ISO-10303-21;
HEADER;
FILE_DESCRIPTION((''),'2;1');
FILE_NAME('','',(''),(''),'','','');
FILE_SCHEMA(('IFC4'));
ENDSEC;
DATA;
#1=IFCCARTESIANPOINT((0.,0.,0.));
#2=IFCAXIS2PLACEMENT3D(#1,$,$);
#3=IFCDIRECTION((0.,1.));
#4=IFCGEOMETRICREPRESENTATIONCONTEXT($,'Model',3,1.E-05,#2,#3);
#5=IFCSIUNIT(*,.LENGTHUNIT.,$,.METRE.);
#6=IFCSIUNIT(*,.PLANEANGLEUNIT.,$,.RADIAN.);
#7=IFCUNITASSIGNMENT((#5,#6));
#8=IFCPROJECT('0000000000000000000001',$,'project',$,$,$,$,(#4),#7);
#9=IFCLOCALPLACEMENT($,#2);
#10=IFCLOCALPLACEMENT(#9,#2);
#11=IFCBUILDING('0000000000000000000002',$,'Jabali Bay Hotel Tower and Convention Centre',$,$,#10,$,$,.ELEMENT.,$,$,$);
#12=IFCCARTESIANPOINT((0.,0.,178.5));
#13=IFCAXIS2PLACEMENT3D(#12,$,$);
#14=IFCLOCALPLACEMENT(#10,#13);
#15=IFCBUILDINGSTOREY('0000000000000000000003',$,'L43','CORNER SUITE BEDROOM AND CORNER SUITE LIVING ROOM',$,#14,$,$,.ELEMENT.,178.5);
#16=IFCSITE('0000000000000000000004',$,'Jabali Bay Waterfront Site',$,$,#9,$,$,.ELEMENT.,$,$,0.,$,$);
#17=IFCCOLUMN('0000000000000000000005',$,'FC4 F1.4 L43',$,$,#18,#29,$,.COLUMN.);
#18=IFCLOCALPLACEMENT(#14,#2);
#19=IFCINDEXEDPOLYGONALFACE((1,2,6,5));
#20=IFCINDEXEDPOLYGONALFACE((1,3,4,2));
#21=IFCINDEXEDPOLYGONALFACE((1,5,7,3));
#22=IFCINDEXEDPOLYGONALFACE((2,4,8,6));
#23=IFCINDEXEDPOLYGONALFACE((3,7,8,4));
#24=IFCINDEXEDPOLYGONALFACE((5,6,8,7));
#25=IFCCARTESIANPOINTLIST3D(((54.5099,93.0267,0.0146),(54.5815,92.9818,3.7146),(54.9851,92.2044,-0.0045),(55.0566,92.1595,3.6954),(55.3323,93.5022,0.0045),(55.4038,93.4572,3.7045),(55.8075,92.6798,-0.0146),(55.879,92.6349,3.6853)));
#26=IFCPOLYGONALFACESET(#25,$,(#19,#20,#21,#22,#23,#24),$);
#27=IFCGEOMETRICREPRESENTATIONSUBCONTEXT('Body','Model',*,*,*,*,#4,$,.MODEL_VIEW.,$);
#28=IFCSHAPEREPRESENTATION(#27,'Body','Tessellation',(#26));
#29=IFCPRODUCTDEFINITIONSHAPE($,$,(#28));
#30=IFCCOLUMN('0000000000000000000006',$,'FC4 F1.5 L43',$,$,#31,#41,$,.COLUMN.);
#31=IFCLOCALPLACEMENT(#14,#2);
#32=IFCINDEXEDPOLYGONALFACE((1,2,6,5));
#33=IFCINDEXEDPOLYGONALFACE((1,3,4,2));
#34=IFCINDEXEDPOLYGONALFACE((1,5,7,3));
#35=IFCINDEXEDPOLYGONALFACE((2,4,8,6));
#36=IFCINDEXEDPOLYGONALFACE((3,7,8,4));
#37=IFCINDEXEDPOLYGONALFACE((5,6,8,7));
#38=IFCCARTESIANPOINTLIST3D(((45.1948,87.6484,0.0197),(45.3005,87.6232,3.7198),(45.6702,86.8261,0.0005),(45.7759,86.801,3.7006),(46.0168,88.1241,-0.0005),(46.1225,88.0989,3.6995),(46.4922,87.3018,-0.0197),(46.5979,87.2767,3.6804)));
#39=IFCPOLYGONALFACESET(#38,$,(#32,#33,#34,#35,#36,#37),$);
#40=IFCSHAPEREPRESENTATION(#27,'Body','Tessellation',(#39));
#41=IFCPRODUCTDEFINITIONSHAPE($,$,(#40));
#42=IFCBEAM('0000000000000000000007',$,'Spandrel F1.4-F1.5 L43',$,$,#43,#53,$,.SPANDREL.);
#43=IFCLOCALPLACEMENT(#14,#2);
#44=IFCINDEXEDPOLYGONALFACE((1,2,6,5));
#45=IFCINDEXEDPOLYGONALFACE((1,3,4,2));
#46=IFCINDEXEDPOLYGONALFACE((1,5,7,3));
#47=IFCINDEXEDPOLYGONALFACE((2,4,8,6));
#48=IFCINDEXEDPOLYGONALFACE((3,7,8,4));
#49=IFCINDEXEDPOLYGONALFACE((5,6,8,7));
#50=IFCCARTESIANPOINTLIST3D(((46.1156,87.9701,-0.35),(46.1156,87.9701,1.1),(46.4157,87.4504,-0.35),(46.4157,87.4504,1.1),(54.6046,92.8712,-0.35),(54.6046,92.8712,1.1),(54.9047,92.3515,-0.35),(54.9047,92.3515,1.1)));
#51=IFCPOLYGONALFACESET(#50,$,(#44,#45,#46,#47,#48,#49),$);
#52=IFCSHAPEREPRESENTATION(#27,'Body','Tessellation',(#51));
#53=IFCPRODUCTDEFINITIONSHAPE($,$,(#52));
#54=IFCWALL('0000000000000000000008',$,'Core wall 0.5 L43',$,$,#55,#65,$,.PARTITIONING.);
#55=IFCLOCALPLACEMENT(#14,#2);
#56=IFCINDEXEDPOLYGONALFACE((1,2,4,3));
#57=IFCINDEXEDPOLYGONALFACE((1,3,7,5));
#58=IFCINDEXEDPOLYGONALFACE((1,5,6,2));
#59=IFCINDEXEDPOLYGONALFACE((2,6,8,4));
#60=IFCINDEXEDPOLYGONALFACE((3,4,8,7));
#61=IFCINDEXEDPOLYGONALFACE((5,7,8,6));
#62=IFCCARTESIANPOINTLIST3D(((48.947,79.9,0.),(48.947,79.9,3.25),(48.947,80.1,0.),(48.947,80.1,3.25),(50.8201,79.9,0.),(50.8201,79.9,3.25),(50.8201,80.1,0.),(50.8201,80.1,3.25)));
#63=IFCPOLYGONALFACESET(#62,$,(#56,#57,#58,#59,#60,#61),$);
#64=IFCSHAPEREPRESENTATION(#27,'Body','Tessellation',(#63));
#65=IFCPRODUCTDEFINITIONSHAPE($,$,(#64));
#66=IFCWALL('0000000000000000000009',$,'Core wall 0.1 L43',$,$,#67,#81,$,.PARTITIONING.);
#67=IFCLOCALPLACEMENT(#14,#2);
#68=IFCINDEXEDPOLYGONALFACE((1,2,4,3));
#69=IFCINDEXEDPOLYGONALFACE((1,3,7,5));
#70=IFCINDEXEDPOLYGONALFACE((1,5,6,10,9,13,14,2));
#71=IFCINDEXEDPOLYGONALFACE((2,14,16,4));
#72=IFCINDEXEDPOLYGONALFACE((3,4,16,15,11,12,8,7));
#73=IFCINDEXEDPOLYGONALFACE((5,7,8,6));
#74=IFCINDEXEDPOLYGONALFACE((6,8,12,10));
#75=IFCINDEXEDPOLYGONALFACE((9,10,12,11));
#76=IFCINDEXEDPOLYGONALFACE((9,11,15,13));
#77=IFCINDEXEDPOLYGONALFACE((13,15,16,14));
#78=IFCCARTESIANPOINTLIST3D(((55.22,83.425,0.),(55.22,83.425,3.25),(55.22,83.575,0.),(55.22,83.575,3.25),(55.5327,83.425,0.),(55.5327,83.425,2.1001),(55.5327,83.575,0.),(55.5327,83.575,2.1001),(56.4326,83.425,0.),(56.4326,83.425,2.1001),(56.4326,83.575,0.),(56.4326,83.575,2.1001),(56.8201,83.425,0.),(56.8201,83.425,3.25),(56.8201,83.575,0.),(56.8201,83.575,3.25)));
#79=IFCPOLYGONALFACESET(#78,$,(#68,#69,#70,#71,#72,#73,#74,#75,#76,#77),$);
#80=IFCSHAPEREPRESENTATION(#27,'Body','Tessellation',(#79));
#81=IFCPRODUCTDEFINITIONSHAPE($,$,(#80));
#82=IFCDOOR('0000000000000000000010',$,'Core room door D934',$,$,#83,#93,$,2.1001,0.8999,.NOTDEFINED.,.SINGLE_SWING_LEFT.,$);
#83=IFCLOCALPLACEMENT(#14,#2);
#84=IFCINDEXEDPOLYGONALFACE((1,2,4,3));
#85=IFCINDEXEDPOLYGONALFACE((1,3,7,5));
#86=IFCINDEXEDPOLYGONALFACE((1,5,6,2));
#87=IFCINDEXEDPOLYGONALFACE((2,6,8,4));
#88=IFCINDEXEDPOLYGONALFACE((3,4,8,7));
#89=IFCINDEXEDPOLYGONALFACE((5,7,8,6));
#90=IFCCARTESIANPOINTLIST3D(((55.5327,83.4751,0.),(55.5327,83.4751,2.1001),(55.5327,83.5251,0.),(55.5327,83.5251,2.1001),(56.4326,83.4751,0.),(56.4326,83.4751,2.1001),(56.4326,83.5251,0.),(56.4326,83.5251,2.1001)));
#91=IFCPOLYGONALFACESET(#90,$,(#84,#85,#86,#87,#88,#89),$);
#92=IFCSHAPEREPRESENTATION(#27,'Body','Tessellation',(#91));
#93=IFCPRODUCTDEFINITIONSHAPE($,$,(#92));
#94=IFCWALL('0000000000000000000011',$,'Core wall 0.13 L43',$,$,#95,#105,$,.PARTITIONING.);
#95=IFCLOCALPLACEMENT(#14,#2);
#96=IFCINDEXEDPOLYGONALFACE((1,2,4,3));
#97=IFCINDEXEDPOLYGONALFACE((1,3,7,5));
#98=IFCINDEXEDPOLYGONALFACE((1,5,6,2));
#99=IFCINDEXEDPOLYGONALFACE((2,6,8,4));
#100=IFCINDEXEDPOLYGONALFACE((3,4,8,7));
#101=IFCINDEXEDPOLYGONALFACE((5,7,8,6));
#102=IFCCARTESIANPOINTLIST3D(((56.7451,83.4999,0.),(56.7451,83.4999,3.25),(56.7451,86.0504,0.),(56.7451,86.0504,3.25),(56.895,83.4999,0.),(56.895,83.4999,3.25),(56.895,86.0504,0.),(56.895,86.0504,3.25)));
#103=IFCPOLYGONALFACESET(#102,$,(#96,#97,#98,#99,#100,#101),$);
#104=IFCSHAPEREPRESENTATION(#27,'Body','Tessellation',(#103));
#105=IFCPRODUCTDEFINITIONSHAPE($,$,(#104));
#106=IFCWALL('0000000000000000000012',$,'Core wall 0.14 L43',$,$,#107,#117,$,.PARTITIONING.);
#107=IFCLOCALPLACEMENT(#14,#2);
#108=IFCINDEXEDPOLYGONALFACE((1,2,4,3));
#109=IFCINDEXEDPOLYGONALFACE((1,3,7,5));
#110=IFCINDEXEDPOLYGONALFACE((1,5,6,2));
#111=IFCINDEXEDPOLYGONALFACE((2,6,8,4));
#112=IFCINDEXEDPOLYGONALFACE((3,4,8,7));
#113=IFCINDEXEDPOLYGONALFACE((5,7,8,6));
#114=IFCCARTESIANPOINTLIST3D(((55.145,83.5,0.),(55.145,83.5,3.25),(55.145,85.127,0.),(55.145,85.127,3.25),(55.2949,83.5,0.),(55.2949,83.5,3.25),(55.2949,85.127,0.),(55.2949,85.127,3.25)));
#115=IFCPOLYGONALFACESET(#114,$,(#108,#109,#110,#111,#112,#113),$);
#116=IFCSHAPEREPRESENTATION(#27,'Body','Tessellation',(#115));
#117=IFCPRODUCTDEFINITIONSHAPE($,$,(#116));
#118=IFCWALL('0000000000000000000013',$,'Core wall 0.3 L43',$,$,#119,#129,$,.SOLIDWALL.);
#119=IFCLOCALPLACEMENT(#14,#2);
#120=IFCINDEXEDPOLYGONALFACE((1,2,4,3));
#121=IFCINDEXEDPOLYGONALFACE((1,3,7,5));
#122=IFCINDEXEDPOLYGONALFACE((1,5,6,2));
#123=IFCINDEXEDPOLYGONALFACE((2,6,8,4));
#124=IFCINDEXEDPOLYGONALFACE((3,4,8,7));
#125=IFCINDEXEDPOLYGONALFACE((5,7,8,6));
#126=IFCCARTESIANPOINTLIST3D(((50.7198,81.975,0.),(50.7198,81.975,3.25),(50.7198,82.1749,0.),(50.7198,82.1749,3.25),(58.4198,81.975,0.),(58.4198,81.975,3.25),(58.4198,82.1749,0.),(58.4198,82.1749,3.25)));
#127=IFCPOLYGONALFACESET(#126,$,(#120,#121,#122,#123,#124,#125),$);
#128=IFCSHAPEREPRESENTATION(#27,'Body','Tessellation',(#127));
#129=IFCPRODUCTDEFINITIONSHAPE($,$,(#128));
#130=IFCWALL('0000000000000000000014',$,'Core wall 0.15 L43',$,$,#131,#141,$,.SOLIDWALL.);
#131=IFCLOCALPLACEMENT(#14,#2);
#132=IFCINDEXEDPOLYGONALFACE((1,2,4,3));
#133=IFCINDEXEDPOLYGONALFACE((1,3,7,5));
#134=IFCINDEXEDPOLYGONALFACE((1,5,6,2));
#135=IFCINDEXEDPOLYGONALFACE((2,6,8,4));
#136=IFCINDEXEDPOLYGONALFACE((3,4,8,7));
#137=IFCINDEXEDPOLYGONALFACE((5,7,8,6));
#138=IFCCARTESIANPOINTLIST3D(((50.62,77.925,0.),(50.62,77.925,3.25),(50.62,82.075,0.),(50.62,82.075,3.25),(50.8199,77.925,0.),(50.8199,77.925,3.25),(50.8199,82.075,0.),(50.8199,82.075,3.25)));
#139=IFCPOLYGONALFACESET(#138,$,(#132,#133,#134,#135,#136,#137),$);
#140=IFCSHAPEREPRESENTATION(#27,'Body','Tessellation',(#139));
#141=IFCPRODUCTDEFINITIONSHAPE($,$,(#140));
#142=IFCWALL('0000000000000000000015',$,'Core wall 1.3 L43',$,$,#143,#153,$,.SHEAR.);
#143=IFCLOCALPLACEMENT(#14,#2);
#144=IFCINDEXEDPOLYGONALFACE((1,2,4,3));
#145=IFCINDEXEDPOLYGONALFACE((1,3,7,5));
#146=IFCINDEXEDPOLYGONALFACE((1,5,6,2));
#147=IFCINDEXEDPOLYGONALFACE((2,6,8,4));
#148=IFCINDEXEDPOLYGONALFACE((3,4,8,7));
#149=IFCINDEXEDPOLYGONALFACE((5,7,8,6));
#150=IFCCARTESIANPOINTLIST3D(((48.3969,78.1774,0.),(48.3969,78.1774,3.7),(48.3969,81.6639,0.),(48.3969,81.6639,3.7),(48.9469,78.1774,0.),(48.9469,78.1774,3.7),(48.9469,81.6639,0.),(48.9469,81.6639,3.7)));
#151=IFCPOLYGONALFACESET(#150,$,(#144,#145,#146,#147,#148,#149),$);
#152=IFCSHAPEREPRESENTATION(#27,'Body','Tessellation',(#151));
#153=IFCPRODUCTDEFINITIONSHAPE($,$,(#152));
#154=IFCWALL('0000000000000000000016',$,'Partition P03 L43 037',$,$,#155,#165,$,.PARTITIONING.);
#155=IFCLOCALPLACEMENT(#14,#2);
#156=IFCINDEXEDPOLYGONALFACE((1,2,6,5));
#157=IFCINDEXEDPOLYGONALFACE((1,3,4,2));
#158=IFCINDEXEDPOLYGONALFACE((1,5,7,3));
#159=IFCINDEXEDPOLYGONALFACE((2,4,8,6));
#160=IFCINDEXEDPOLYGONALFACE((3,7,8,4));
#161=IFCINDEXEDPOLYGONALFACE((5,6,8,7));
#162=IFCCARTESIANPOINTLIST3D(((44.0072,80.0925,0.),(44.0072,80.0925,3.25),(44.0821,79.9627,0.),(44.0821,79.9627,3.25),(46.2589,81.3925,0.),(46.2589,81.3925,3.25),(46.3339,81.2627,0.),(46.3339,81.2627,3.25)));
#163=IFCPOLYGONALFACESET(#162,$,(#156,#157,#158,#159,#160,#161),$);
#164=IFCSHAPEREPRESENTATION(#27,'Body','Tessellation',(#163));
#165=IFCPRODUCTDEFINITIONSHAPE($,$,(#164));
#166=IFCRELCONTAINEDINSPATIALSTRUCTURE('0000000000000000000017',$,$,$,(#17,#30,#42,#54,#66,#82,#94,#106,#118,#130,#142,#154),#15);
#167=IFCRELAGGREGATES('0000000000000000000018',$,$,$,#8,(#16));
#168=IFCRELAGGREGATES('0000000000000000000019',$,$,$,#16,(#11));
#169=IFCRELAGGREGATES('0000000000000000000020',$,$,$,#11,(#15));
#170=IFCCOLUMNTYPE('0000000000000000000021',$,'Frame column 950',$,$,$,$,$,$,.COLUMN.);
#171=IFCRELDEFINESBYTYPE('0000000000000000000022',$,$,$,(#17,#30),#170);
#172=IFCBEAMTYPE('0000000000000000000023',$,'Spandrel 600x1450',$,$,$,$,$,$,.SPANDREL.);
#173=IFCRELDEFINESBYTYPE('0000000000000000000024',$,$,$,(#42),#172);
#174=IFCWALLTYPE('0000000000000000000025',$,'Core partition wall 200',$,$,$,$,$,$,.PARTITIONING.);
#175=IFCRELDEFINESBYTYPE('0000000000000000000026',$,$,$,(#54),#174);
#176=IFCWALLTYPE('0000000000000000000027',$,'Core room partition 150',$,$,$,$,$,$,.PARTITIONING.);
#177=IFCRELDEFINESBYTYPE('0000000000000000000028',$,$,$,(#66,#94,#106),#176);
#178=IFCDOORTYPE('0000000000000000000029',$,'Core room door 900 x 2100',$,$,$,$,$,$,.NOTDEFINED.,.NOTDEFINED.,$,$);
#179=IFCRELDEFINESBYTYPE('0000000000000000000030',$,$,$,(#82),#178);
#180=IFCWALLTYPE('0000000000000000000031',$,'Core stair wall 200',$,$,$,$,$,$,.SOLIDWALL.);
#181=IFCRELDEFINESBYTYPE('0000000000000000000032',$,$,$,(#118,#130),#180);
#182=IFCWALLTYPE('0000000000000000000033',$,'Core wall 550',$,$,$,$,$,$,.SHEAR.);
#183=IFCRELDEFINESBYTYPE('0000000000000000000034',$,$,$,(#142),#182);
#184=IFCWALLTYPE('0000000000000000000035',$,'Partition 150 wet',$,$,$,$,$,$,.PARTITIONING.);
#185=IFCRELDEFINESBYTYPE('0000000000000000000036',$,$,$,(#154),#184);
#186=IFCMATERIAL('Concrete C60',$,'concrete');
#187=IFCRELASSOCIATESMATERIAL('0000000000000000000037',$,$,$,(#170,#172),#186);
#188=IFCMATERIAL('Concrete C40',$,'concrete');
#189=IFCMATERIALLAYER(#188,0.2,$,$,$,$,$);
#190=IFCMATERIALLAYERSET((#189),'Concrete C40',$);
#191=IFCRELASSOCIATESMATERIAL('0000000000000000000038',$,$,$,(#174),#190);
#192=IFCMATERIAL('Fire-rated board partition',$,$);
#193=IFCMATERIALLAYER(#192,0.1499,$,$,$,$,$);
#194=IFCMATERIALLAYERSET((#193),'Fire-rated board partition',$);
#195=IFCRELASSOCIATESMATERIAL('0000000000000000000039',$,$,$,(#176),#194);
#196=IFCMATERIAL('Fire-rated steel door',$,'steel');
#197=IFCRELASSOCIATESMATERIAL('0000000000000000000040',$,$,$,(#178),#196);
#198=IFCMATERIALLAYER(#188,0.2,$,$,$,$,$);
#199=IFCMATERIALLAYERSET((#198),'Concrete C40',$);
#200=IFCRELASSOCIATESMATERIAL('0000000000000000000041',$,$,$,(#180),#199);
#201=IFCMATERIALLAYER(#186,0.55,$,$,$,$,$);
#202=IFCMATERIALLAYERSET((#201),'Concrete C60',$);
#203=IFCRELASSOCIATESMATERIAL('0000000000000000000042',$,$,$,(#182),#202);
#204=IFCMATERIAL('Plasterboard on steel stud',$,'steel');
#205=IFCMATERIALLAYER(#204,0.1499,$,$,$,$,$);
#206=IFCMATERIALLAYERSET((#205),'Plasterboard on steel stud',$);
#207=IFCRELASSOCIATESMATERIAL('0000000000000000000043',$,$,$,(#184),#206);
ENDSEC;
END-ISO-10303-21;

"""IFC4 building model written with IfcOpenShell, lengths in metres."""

from ifc_helpers import new_model, si_unit, direction, frame, frame_2d, origin, origin_2d, place, context, subcontext, project, spatial, rectangle, extrude, material, layer, layer_set, material_profile, profile_set, type_object, element, fill, save


model = new_model("IFC4")

# Units and contexts
model_context = context("Model", 3, precision=1e-05, world=origin(), true_north=direction((0.0, 1.0)))
body_context = subcontext(model_context, "Body", "Model", "MODEL_VIEW")
ifc_project = project(units=[si_unit("LENGTHUNIT", "METRE"), si_unit("PLANEANGLEUNIT", "RADIAN")], contexts=[model_context])

# Site, building, storey
site_placement = place(None, origin())
site = spatial("IfcSite", under=ifc_project, at=site_placement, Name="Jabali Bay Waterfront Site", CompositionType="ELEMENT", RefElevation=0.0)
building_placement = place(site_placement, origin())
building = spatial("IfcBuilding", under=site, at=building_placement, Name="Jabali Bay Hotel Tower and Convention Centre", CompositionType="ELEMENT")
storey_placement = place(building_placement, frame((0.0, 0.0, 178.5)))
storey = spatial("IfcBuildingStorey", under=building, at=storey_placement, Name="L43", Description="CORNER SUITE BEDROOM AND CORNER SUITE LIVING ROOM", CompositionType="ELEMENT", Elevation=178.5)

# Columns
ifc_material_1 = material(Name="Concrete C60", Category="concrete")
ifc_material_profile_1 = material_profile(ifc_material_1, rectangle(XDim=0.95, YDim=0.95, at=origin_2d()), Name="Frame column 950")
ifc_profile_set_1 = profile_set([ifc_material_profile_1], Name="Concrete C60")
column_type = type_object("IfcColumnType", Name="Frame column 950", PredefinedType="COLUMN", material=ifc_profile_set_1)
column_1_placement = place(storey_placement, frame((55.1587, 92.8533, 0.0), z_axis=(0.019329, -0.012138, 0.99974), x_axis=(-0.500209, 0.86567, 0.020181)))
element("IfcColumn", 1, at=column_1_placement, inside=storey, type_object=column_type, Name="FC4 F1.4 L43", PredefinedType="COLUMN", context=body_context, shape_type="SweptSolid", body=[
    extrude(rectangle(XDim=0.95, YDim=0.95, at=origin_2d()), origin(), (0.0, 0.0, 1.0), 3.7009),
])
column_2_placement = place(storey_placement, frame((45.8435, 87.4751, 0.0), z_axis=(0.028559, -0.006794, 0.999569), x_axis=(-0.500404, 0.865557, 0.02018)))
element("IfcColumn", 2, at=column_2_placement, inside=storey, type_object=column_type, Name="FC4 F1.5 L43", PredefinedType="COLUMN", context=body_context, shape_type="SweptSolid", body=[
    extrude(rectangle(XDim=0.95, YDim=0.95, at=origin_2d()), origin(), (0.0, 0.0, 1.0), 3.7017),
])

# Beam
ifc_material_profile_2 = material_profile(ifc_material_1, rectangle(XDim=0.6001, YDim=1.45, at=origin_2d()), Name="Spandrel 600x1450")
ifc_profile_set_2 = profile_set([ifc_material_profile_2], Name="Concrete C60")
beam_type = type_object("IfcBeamType", Name="Spandrel 600x1450", PredefinedType="SPANDREL", material=ifc_profile_set_2)
beam_placement = place(storey_placement, frame((54.7546, 92.6113, 0.375), z_axis=(-0.866026, -0.499999, 0.0), x_axis=(0.499999, -0.866026, 0.0)))
element("IfcBeam", 3, at=beam_placement, inside=storey, type_object=beam_type, Name="Spandrel F1.4-F1.5 L43", PredefinedType="SPANDREL", context=body_context, shape_type="SweptSolid", body=[
    extrude(rectangle(XDim=0.6001, YDim=1.45, at=origin_2d()), origin(), (0.0, 0.0, 1.0), 9.8022),
])

# Wall
ifc_material_2 = material(Name="Concrete C40", Category="concrete")
ifc_layer_1 = layer(ifc_material_2, 0.2)
ifc_layer_set_1 = layer_set([ifc_layer_1], Name="Concrete C40")
wall_type_1 = type_object("IfcWallType", Name="Core partition wall 200", PredefinedType="PARTITIONING", material=ifc_layer_set_1)
wall_1_placement = place(storey_placement, frame((50.8201, 80.0, 0.0), z_axis=(0.0, 0.0, 1.0), x_axis=(-1.0, 0.0, 0.0)))
element("IfcWall", 4, at=wall_1_placement, inside=storey, type_object=wall_type_1, Name="Core wall 0.5 L43", PredefinedType="PARTITIONING", context=body_context, shape_type="SweptSolid", body=[
    extrude(rectangle(XDim=1.873, YDim=0.2, at=frame_2d((0.9365, 0.0))), origin(), (0.0, 0.0, 1.0), 3.25),
])

# Wall, opening, door
ifc_material_3 = material(Name="Fire-rated board partition")
ifc_layer_2 = layer(ifc_material_3, 0.1499)
ifc_layer_set_2 = layer_set([ifc_layer_2], Name="Fire-rated board partition")
wall_type_2 = type_object("IfcWallType", Name="Core room partition 150", PredefinedType="PARTITIONING", material=ifc_layer_set_2)
wall_2_placement = place(storey_placement, frame((56.8201, 83.5, 0.0), z_axis=(0.0, 0.0, 1.0), x_axis=(-1.0, 0.0, 0.0)))
wall_2 = element("IfcWall", 5, at=wall_2_placement, inside=storey, type_object=wall_type_2, Name="Core wall 0.1 L43", PredefinedType="PARTITIONING", context=body_context, shape_type="SweptSolid", body=[
    extrude(rectangle(XDim=1.6001, YDim=0.1499, at=frame_2d((0.8, 0.0))), origin(), (0.0, 0.0, 1.0), 3.25),
])
opening_placement = place(wall_2_placement, frame((0.3875, 0.0, 0.0)))
opening = element("IfcOpeningElement", 6, at=opening_placement, cuts=wall_2, PredefinedType="OPENING", context=body_context, shape_type="SweptSolid", body=[
    extrude(rectangle(XDim=0.8999, YDim=2.1001, at=frame_2d((0.45, 1.05))), frame((0.0, 0.0854, 0.0), z_axis=(0.0, -1.0, 0.0), x_axis=(1.0, 0.0, 0.0)), (0.0, 0.0, 1.0), 0.1709),
])
ifc_material_4 = material(Name="Fire-rated steel door", Category="steel")
door_type = type_object("IfcDoorType", Name="Core room door 900 x 2100", OperationType="NOTDEFINED", PredefinedType="NOTDEFINED", material=ifc_material_4)
door_placement = place(opening_placement, origin())
door = element("IfcDoor", 7, at=door_placement, inside=storey, type_object=door_type, Name="Core room door D934", OperationType="SINGLE_SWING_LEFT", OverallHeight=2.1001, OverallWidth=0.8999, PredefinedType="NOTDEFINED", context=body_context, shape_type="SweptSolid", body=[
    extrude(rectangle(XDim=0.8999, YDim=2.1001, at=frame_2d((0.45, 1.05))), frame((0.0, 0.0249, 0.0), z_axis=(0.0, -1.0, 0.0), x_axis=(1.0, 0.0, 0.0)), (0.0, 0.0, 1.0), 0.05),
])
fill(opening, door)

# Walls
wall_3_placement = place(storey_placement, frame((56.8201, 86.0505, 0.0), z_axis=(0.0, 0.0, 1.0), x_axis=(0.0, -1.0, 0.0)))
element("IfcWall", 8, at=wall_3_placement, inside=storey, type_object=wall_type_2, Name="Core wall 0.13 L43", PredefinedType="PARTITIONING", context=body_context, shape_type="SweptSolid", body=[
    extrude(rectangle(XDim=2.5505, YDim=0.1499, at=frame_2d((1.2754, 0.0))), origin(), (0.0, 0.0, 1.0), 3.25),
])
wall_4_placement = place(storey_placement, frame((55.22, 85.127, 0.0), z_axis=(0.0, 0.0, 1.0), x_axis=(0.0, -1.0, 0.0)))
element("IfcWall", 9, at=wall_4_placement, inside=storey, type_object=wall_type_2, Name="Core wall 0.14 L43", PredefinedType="PARTITIONING", context=body_context, shape_type="SweptSolid", body=[
    extrude(rectangle(XDim=1.627, YDim=0.1499, at=frame_2d((0.8135, 0.0))), origin(), (0.0, 0.0, 1.0), 3.25),
])
ifc_layer_3 = layer(ifc_material_2, 0.2)
ifc_layer_set_3 = layer_set([ifc_layer_3], Name="Concrete C40")
wall_type_3 = type_object("IfcWallType", Name="Core stair wall 200", PredefinedType="SOLIDWALL", material=ifc_layer_set_3)
wall_5_placement = place(storey_placement, frame((58.4199, 82.075, 0.0), z_axis=(0.0, 0.0, 1.0), x_axis=(-1.0, 0.0, 0.0)))
element("IfcWall", 10, at=wall_5_placement, inside=storey, type_object=wall_type_3, Name="Core wall 0.3 L43", PredefinedType="SOLIDWALL", context=body_context, shape_type="SweptSolid", body=[
    extrude(rectangle(XDim=7.7, YDim=0.2, at=frame_2d((3.8501, 0.0))), origin(), (0.0, 0.0, 1.0), 3.25),
])
wall_6_placement = place(storey_placement, frame((50.72, 82.075, 0.0), z_axis=(0.0, 0.0, 1.0), x_axis=(0.0, -1.0, 0.0)))
element("IfcWall", 11, at=wall_6_placement, inside=storey, type_object=wall_type_3, Name="Core wall 0.15 L43", PredefinedType="SOLIDWALL", context=body_context, shape_type="SweptSolid", body=[
    extrude(rectangle(XDim=4.1499, YDim=0.2, at=frame_2d((2.075, 0.0))), origin(), (0.0, 0.0, 1.0), 3.25),
])
ifc_layer_4 = layer(ifc_material_1, 0.55)
ifc_layer_set_4 = layer_set([ifc_layer_4], Name="Concrete C60")
wall_type_4 = type_object("IfcWallType", Name="Core wall 550", PredefinedType="SHEAR", material=ifc_layer_set_4)
wall_7_placement = place(storey_placement, frame((48.6719, 81.6638, 0.0), z_axis=(0.0, 0.0, 1.0), x_axis=(0.0, -1.0, 0.0)))
element("IfcWall", 12, at=wall_7_placement, inside=storey, type_object=wall_type_4, Name="Core wall 1.3 L43", PredefinedType="SHEAR", context=body_context, shape_type="SweptSolid", body=[
    extrude(rectangle(XDim=3.4866, YDim=0.55, at=frame_2d((1.7432, 0.0))), origin(), (0.0, 0.0, 1.0), 3.7),
])
ifc_material_5 = material(Name="Plasterboard on steel stud", Category="steel")
ifc_layer_5 = layer(ifc_material_5, 0.1499)
ifc_layer_set_5 = layer_set([ifc_layer_5], Name="Plasterboard on steel stud")
wall_type_5 = type_object("IfcWallType", Name="Partition 150 wet", PredefinedType="PARTITIONING", material=ifc_layer_set_5)
wall_8_placement = place(storey_placement, frame((46.2964, 81.3276, 0.0), z_axis=(0.0, 0.0, 1.0), x_axis=(-0.866021, -0.500007, 0.0)))
element("IfcWall", 13, at=wall_8_placement, inside=storey, type_object=wall_type_5, Name="Partition P03 L43 037", PredefinedType="PARTITIONING", context=body_context, shape_type="SweptSolid", body=[
    extrude(rectangle(XDim=2.6001, YDim=0.1499, at=frame_2d((1.3, 0.0))), origin(), (0.0, 0.0, 1.0), 3.25),
])

save(model, "model.ifc")
